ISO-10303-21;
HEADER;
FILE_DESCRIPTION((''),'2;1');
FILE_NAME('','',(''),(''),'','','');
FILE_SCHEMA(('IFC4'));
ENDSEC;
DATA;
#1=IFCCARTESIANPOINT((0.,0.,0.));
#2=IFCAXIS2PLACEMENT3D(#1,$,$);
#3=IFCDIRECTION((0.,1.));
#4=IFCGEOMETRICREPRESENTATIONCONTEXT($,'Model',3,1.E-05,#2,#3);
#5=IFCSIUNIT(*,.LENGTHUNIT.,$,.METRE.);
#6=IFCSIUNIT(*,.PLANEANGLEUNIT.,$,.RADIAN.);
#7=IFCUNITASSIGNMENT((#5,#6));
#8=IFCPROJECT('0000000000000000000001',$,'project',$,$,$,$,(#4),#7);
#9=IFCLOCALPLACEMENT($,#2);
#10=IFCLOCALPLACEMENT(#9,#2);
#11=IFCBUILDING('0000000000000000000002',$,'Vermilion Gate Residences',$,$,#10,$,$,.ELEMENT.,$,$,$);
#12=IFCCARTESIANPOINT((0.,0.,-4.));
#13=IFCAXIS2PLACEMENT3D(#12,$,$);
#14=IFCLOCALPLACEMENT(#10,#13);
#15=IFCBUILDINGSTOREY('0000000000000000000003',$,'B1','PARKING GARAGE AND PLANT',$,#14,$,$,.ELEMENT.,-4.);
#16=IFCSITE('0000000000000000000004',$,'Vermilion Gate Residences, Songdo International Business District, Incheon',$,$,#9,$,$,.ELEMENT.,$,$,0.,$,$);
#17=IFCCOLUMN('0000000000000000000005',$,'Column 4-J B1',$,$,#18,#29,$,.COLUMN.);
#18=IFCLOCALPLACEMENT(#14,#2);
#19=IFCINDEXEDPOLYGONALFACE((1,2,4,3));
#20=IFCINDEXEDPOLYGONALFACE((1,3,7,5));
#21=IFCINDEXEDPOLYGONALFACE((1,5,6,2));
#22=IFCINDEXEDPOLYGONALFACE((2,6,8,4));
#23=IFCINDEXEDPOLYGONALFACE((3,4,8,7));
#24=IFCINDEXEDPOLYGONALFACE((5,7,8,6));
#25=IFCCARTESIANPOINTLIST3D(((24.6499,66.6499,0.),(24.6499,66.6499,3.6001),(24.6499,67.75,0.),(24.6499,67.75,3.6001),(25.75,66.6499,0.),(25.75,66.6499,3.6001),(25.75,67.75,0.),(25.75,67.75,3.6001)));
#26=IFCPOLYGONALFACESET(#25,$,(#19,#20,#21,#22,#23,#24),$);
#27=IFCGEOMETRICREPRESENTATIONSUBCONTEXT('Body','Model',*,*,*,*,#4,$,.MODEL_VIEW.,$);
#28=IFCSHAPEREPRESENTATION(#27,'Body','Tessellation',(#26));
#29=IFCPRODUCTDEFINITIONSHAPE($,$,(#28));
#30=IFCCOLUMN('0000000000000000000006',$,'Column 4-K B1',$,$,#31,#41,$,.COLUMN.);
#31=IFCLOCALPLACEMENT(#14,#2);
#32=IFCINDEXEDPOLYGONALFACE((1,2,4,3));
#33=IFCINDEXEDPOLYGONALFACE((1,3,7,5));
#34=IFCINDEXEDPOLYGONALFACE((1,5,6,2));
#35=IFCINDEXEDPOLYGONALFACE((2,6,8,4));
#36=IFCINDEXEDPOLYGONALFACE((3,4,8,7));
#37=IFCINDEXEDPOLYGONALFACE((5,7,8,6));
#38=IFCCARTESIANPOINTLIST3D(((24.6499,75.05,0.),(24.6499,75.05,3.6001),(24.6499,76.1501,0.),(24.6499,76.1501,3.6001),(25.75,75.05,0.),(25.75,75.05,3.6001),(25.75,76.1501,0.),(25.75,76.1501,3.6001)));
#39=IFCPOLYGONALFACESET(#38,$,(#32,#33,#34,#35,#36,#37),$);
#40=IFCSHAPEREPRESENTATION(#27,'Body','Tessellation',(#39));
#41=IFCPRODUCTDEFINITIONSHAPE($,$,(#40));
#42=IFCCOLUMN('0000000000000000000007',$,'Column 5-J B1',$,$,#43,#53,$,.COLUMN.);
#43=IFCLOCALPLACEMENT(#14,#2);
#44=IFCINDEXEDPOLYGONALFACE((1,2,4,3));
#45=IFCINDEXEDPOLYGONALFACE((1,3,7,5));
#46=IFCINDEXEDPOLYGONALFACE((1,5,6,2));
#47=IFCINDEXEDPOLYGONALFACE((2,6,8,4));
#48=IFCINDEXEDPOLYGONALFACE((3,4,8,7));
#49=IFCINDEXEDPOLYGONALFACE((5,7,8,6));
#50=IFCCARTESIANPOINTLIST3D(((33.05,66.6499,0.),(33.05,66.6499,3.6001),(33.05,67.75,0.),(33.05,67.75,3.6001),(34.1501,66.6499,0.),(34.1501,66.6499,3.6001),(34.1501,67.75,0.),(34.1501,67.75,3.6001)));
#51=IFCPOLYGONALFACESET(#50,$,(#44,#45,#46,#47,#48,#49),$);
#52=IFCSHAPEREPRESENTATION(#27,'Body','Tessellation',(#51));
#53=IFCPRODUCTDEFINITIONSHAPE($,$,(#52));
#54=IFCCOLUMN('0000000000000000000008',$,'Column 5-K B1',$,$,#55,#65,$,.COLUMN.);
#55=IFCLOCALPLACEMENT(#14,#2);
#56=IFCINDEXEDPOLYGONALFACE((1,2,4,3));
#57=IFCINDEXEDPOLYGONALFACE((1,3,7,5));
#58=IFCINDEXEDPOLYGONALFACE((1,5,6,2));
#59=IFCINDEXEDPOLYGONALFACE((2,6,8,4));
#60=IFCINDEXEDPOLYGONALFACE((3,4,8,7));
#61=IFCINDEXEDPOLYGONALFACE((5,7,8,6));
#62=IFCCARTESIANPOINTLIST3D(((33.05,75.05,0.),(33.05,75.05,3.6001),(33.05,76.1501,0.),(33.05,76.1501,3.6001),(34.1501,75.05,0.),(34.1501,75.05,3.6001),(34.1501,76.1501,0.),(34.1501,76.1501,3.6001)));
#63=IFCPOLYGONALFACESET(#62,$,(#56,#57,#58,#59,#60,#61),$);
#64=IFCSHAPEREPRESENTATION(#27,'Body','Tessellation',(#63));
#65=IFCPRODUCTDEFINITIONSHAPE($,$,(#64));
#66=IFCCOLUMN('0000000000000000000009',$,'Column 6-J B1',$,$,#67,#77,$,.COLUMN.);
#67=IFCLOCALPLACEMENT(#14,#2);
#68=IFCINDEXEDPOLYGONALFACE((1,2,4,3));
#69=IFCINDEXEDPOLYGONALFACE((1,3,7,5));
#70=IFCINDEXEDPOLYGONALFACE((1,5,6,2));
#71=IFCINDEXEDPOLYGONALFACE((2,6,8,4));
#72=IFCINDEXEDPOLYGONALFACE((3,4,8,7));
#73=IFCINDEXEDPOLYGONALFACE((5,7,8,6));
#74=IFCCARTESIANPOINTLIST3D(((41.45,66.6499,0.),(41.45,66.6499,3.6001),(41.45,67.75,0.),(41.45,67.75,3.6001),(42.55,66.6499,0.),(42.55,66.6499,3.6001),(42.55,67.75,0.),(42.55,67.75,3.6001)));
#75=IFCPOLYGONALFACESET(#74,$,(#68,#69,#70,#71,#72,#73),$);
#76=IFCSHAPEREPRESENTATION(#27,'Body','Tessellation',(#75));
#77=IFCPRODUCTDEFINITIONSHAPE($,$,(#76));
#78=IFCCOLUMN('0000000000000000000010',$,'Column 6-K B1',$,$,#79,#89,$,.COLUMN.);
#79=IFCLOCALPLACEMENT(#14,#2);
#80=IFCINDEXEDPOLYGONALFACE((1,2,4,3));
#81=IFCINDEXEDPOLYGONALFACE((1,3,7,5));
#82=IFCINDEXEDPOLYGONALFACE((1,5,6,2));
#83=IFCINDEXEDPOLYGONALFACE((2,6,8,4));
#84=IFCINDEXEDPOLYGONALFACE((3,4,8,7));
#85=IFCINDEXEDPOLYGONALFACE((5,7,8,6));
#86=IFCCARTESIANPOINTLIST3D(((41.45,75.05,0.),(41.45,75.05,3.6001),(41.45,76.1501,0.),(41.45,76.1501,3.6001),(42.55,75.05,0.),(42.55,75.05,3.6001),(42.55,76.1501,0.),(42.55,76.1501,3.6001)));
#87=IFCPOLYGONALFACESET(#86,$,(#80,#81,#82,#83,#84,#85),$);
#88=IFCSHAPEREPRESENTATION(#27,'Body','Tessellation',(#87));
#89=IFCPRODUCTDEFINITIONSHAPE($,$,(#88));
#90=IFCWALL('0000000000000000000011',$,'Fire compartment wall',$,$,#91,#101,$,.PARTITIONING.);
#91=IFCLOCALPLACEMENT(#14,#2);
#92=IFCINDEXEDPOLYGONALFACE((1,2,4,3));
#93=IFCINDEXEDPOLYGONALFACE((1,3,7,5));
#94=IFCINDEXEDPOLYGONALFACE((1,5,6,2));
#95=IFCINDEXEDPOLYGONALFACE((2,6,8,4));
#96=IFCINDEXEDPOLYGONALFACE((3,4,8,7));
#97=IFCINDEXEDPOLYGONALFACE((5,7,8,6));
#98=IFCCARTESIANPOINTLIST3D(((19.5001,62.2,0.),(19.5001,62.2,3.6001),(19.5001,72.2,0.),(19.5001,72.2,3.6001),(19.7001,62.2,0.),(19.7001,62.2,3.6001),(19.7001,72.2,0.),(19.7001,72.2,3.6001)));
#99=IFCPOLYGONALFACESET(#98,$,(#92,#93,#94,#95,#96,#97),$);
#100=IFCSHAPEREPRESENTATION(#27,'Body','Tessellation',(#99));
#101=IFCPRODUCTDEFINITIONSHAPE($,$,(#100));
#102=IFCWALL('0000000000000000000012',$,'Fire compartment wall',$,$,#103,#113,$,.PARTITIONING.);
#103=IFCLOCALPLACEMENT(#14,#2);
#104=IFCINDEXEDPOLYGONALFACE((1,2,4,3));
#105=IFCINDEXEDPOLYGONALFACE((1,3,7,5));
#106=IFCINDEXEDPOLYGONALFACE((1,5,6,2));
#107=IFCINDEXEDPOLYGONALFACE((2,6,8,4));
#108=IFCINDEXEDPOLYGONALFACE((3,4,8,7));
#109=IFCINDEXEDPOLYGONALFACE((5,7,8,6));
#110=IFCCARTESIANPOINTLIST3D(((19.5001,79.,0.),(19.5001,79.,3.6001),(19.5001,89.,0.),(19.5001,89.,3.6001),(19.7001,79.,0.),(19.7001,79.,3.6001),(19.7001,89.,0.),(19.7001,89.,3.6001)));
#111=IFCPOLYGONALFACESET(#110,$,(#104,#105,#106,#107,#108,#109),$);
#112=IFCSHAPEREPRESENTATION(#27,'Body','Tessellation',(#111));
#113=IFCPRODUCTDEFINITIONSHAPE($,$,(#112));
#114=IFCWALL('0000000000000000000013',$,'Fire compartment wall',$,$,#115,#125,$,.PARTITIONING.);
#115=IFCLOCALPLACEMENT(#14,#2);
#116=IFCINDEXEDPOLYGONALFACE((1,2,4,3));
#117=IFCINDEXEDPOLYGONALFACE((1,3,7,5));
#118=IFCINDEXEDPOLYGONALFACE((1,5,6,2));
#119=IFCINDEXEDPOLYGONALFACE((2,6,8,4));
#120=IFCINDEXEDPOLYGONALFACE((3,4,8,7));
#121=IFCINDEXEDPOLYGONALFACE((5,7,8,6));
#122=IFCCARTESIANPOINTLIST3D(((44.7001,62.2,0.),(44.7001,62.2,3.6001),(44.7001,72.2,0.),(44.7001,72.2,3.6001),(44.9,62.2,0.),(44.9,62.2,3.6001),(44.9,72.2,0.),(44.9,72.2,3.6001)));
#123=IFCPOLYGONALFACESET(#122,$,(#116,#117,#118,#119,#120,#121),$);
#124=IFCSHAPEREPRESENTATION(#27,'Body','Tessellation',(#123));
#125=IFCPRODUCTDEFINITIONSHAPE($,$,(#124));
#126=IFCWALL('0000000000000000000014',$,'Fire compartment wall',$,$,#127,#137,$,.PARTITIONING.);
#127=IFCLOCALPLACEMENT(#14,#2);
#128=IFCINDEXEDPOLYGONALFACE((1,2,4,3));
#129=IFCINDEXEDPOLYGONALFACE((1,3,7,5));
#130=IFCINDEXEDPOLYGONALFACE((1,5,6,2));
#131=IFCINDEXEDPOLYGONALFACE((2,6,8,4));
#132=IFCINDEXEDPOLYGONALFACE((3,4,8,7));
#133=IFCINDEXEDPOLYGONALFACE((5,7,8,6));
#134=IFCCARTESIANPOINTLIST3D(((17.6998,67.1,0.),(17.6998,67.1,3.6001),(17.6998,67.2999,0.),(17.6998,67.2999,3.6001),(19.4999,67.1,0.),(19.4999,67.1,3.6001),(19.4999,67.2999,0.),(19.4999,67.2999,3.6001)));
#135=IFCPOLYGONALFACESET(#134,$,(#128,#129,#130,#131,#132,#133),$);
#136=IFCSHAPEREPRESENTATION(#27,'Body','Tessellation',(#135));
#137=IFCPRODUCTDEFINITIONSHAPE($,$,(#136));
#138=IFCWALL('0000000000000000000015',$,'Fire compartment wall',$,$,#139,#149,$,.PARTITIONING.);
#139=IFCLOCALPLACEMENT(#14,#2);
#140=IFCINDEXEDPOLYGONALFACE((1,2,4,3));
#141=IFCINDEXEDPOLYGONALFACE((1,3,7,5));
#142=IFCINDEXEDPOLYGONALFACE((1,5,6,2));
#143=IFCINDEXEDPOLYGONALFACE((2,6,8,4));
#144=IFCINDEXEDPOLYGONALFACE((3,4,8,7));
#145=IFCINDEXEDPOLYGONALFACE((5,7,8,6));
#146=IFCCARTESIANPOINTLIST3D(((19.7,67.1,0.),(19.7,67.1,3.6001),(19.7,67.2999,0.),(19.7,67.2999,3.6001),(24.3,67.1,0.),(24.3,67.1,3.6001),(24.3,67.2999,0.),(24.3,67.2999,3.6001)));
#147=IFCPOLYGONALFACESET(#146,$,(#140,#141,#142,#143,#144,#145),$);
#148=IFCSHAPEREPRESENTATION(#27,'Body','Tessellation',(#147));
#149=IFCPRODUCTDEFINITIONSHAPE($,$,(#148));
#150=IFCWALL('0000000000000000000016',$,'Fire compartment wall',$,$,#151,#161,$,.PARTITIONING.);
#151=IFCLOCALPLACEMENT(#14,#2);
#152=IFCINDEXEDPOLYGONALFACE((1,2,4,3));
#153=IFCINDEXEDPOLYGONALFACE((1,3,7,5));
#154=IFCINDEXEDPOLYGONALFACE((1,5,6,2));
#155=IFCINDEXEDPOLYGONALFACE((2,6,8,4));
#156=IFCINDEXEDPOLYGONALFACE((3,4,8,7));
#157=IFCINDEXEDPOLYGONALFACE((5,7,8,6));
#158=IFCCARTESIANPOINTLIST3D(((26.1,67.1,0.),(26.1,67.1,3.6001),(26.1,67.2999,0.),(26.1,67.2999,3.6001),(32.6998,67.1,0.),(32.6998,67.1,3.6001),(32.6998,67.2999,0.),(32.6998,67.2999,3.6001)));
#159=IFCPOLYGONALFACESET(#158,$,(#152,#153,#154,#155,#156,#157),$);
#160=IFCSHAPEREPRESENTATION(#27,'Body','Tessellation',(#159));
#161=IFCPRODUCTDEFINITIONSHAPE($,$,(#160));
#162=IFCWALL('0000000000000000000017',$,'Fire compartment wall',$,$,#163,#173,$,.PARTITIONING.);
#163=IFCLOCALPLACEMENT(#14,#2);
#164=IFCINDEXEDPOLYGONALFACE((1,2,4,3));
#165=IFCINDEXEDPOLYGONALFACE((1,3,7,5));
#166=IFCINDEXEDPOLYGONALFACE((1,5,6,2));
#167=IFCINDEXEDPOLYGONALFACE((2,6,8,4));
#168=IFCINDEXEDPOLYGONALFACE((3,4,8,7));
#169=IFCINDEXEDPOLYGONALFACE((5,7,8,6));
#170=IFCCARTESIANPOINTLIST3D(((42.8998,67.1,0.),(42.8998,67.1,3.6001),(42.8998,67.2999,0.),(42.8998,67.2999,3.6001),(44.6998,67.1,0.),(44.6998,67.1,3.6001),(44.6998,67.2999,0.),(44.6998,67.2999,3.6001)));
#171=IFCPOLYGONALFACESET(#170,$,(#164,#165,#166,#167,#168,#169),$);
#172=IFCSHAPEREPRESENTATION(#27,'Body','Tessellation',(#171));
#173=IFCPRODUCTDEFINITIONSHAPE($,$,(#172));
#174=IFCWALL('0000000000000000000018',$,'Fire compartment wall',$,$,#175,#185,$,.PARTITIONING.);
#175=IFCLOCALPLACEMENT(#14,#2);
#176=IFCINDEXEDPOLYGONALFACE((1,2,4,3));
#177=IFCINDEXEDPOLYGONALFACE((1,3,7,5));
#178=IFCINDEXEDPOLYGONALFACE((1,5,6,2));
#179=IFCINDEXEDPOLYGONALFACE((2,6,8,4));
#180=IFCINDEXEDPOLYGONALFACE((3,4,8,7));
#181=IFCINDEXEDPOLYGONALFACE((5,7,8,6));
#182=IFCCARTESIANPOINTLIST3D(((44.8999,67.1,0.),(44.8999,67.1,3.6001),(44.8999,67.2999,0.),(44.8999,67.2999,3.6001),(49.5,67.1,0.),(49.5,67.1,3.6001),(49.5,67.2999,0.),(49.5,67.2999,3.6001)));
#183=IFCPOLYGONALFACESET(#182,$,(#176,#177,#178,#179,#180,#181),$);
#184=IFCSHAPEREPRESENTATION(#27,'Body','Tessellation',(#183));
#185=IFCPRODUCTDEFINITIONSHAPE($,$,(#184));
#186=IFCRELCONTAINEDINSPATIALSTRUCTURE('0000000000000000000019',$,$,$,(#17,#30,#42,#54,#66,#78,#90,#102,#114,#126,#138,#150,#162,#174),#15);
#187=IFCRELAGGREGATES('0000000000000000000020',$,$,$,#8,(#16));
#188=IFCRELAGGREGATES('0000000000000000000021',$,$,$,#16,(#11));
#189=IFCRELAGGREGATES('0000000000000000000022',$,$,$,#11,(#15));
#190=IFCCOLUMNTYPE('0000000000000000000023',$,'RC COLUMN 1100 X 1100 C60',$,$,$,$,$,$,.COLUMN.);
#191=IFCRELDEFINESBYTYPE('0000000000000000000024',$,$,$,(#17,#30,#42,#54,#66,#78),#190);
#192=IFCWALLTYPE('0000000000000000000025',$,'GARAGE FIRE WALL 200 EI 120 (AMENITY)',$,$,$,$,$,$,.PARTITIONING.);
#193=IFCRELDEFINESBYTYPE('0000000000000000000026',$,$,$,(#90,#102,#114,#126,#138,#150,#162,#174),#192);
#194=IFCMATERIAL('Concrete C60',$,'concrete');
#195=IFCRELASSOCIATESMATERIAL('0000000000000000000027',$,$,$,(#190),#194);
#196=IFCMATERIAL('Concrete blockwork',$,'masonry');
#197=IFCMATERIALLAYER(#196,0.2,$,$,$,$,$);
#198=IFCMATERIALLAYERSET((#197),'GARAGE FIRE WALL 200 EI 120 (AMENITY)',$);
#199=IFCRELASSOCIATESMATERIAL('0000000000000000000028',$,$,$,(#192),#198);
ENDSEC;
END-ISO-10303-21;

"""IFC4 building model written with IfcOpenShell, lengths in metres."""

from ifc_helpers import new_model, si_unit, direction, frame, frame_2d, origin, origin_2d, place, context, subcontext, project, spatial, rectangle, extrude, material, layer, layer_set, material_profile, profile_set, type_object, element, save


model = new_model("IFC4")

# Units and contexts
model_context = context("Model", 3, precision=1e-05, world=origin(), true_north=direction((0.0, 1.0)))
body_context = subcontext(model_context, "Body", "Model", "MODEL_VIEW")
ifc_project = project(units=[si_unit("LENGTHUNIT", "METRE"), si_unit("PLANEANGLEUNIT", "RADIAN")], contexts=[model_context])

# Site, building, storey
site_placement = place(None, origin())
site = spatial("IfcSite", under=ifc_project, at=site_placement, Name="Vermilion Gate Residences, Songdo International Business District, Incheon", CompositionType="ELEMENT", RefElevation=0.0)
building_placement = place(site_placement, origin())
building = spatial("IfcBuilding", under=site, at=building_placement, Name="Vermilion Gate Residences", CompositionType="ELEMENT")
storey_placement = place(building_placement, frame((0.0, 0.0, -4.0)))
storey = spatial("IfcBuildingStorey", under=building, at=storey_placement, Name="B1", Description="PARKING GARAGE AND PLANT", CompositionType="ELEMENT", Elevation=-4.0)

# Columns
ifc_material_1 = material(Name="Concrete C60", Category="concrete")
ifc_material_profile = material_profile(ifc_material_1, rectangle(XDim=1.1001, YDim=1.1001, at=origin_2d()), Name="RC-1100x1100")
ifc_profile_set = profile_set([ifc_material_profile], Name="Concrete C60")
column_type = type_object("IfcColumnType", Name="RC COLUMN 1100 X 1100 C60", PredefinedType="COLUMN", material=ifc_profile_set)
for number, where, z_axis, x_axis, name in (
    (1, (25.2, 67.2, 0.0), (0.0, 0.0, 1.0), (1.0, 0.0, 0.0), "Column 4-J B1"),
    (2, (25.2, 75.6001, 0.0), (0.0, 0.0, 1.0), (1.0, 0.0, 0.0), "Column 4-K B1"),
    (3, (33.6001, 67.2, 0.0), (0.0, 0.0, 1.0), (1.0, 0.0, 0.0), "Column 5-J B1"),
    (4, (33.6001, 75.6001, 0.0), (0.0, 0.0, 1.0), (1.0, 0.0, 0.0), "Column 5-K B1"),
    (5, (42.0, 67.2, 0.0), (0.0, 0.0, 1.0), (1.0, 0.0, 0.0), "Column 6-J B1"),
    (6, (42.0, 75.6001, 0.0), (0.0, 0.0, 1.0), (1.0, 0.0, 0.0), "Column 6-K B1"),
):
    element("IfcColumn", number, at=place(storey_placement, frame(where, z_axis=z_axis, x_axis=x_axis)), inside=storey, type_object=column_type, Name=name, PredefinedType="COLUMN", context=body_context, shape_type="SweptSolid", body=[
        extrude(rectangle(XDim=1.1001, YDim=1.1001, at=origin_2d()), origin(), (0.0, 0.0, 1.0), 3.6001),
    ])

# Wall
ifc_material_2 = material(Name="Concrete blockwork", Category="masonry")
ifc_layer = layer(ifc_material_2, 0.2)
ifc_layer_set = layer_set([ifc_layer], Name="GARAGE FIRE WALL 200 EI 120 (AMENITY)")
wall_type = type_object("IfcWallType", Name="GARAGE FIRE WALL 200 EI 120 (AMENITY)", PredefinedType="PARTITIONING", material=ifc_layer_set)
wall_1_placement = place(storey_placement, frame((19.6001, 62.2, 0.0), z_axis=(0.0, 0.0, 1.0), x_axis=(0.0, 1.0, 0.0)))
element("IfcWall", 7, at=wall_1_placement, inside=storey, type_object=wall_type, Name="Fire compartment wall", PredefinedType="PARTITIONING", context=body_context, shape_type="SweptSolid", body=[
    extrude(rectangle(XDim=10.0, YDim=0.2, at=frame_2d((5.0, 0.0))), origin(), (0.0, 0.0, 1.0), 3.6001),
])

# Walls
for number, where, z_axis, x_axis, name in (
    (8, (19.6001, 79.0, 0.0), (0.0, 0.0, 1.0), (0.0, 1.0, 0.0), "Fire compartment wall"),
    (9, (44.8, 62.2, 0.0), (0.0, 0.0, 1.0), (0.0, 1.0, 0.0), "Fire compartment wall"),
):
    element("IfcWall", number, at=place(storey_placement, frame(where, z_axis=z_axis, x_axis=x_axis)), inside=storey, type_object=wall_type, Name=name, PredefinedType="PARTITIONING", context=body_context, shape_type="SweptSolid", body=[
        extrude(rectangle(XDim=10.0, YDim=0.2, at=frame_2d((5.0, 0.0))), origin(), (0.0, 0.0, 1.0), 3.6001),
    ])

# Walls
wall_2_placement = place(storey_placement, frame((17.7, 67.2, 0.0), z_axis=(0.0, 0.0, 1.0), x_axis=(1.0, 0.0, 0.0)))
element("IfcWall", 10, at=wall_2_placement, inside=storey, type_object=wall_type, Name="Fire compartment wall", PredefinedType="PARTITIONING", context=body_context, shape_type="SweptSolid", body=[
    extrude(rectangle(XDim=1.8, YDim=0.2, at=frame_2d((0.8999, 0.0))), origin(), (0.0, 0.0, 1.0), 3.6001),
])
wall_3_placement = place(storey_placement, frame((19.7, 67.2, 0.0), z_axis=(0.0, 0.0, 1.0), x_axis=(1.0, 0.0, 0.0)))
element("IfcWall", 11, at=wall_3_placement, inside=storey, type_object=wall_type, Name="Fire compartment wall", PredefinedType="PARTITIONING", context=body_context, shape_type="SweptSolid", body=[
    extrude(rectangle(XDim=4.6001, YDim=0.2, at=frame_2d((2.3, 0.0))), origin(), (0.0, 0.0, 1.0), 3.6001),
])
wall_4_placement = place(storey_placement, frame((26.1001, 67.2, 0.0), z_axis=(0.0, 0.0, 1.0), x_axis=(1.0, 0.0, 0.0)))
element("IfcWall", 12, at=wall_4_placement, inside=storey, type_object=wall_type, Name="Fire compartment wall", PredefinedType="PARTITIONING", context=body_context, shape_type="SweptSolid", body=[
    extrude(rectangle(XDim=6.5999, YDim=0.2, at=frame_2d((3.2998, 0.0))), origin(), (0.0, 0.0, 1.0), 3.6001),
])

# Walls
wall_5_placement = place(storey_placement, frame((42.8999, 67.2, 0.0), z_axis=(0.0, 0.0, 1.0), x_axis=(1.0, 0.0, 0.0)))
element("IfcWall", 13, at=wall_5_placement, inside=storey, type_object=wall_type, Name="Fire compartment wall", PredefinedType="PARTITIONING", context=body_context, shape_type="SweptSolid", body=[
    extrude(rectangle(XDim=1.8, YDim=0.2, at=frame_2d((0.8999, 0.0))), origin(), (0.0, 0.0, 1.0), 3.6001),
])
wall_6_placement = place(storey_placement, frame((44.8999, 67.2, 0.0), z_axis=(0.0, 0.0, 1.0), x_axis=(1.0, 0.0, 0.0)))
element("IfcWall", 14, at=wall_6_placement, inside=storey, type_object=wall_type, Name="Fire compartment wall", PredefinedType="PARTITIONING", context=body_context, shape_type="SweptSolid", body=[
    extrude(rectangle(XDim=4.6001, YDim=0.2, at=frame_2d((2.3, 0.0))), origin(), (0.0, 0.0, 1.0), 3.6001),
])

save(model, "model.ifc")
